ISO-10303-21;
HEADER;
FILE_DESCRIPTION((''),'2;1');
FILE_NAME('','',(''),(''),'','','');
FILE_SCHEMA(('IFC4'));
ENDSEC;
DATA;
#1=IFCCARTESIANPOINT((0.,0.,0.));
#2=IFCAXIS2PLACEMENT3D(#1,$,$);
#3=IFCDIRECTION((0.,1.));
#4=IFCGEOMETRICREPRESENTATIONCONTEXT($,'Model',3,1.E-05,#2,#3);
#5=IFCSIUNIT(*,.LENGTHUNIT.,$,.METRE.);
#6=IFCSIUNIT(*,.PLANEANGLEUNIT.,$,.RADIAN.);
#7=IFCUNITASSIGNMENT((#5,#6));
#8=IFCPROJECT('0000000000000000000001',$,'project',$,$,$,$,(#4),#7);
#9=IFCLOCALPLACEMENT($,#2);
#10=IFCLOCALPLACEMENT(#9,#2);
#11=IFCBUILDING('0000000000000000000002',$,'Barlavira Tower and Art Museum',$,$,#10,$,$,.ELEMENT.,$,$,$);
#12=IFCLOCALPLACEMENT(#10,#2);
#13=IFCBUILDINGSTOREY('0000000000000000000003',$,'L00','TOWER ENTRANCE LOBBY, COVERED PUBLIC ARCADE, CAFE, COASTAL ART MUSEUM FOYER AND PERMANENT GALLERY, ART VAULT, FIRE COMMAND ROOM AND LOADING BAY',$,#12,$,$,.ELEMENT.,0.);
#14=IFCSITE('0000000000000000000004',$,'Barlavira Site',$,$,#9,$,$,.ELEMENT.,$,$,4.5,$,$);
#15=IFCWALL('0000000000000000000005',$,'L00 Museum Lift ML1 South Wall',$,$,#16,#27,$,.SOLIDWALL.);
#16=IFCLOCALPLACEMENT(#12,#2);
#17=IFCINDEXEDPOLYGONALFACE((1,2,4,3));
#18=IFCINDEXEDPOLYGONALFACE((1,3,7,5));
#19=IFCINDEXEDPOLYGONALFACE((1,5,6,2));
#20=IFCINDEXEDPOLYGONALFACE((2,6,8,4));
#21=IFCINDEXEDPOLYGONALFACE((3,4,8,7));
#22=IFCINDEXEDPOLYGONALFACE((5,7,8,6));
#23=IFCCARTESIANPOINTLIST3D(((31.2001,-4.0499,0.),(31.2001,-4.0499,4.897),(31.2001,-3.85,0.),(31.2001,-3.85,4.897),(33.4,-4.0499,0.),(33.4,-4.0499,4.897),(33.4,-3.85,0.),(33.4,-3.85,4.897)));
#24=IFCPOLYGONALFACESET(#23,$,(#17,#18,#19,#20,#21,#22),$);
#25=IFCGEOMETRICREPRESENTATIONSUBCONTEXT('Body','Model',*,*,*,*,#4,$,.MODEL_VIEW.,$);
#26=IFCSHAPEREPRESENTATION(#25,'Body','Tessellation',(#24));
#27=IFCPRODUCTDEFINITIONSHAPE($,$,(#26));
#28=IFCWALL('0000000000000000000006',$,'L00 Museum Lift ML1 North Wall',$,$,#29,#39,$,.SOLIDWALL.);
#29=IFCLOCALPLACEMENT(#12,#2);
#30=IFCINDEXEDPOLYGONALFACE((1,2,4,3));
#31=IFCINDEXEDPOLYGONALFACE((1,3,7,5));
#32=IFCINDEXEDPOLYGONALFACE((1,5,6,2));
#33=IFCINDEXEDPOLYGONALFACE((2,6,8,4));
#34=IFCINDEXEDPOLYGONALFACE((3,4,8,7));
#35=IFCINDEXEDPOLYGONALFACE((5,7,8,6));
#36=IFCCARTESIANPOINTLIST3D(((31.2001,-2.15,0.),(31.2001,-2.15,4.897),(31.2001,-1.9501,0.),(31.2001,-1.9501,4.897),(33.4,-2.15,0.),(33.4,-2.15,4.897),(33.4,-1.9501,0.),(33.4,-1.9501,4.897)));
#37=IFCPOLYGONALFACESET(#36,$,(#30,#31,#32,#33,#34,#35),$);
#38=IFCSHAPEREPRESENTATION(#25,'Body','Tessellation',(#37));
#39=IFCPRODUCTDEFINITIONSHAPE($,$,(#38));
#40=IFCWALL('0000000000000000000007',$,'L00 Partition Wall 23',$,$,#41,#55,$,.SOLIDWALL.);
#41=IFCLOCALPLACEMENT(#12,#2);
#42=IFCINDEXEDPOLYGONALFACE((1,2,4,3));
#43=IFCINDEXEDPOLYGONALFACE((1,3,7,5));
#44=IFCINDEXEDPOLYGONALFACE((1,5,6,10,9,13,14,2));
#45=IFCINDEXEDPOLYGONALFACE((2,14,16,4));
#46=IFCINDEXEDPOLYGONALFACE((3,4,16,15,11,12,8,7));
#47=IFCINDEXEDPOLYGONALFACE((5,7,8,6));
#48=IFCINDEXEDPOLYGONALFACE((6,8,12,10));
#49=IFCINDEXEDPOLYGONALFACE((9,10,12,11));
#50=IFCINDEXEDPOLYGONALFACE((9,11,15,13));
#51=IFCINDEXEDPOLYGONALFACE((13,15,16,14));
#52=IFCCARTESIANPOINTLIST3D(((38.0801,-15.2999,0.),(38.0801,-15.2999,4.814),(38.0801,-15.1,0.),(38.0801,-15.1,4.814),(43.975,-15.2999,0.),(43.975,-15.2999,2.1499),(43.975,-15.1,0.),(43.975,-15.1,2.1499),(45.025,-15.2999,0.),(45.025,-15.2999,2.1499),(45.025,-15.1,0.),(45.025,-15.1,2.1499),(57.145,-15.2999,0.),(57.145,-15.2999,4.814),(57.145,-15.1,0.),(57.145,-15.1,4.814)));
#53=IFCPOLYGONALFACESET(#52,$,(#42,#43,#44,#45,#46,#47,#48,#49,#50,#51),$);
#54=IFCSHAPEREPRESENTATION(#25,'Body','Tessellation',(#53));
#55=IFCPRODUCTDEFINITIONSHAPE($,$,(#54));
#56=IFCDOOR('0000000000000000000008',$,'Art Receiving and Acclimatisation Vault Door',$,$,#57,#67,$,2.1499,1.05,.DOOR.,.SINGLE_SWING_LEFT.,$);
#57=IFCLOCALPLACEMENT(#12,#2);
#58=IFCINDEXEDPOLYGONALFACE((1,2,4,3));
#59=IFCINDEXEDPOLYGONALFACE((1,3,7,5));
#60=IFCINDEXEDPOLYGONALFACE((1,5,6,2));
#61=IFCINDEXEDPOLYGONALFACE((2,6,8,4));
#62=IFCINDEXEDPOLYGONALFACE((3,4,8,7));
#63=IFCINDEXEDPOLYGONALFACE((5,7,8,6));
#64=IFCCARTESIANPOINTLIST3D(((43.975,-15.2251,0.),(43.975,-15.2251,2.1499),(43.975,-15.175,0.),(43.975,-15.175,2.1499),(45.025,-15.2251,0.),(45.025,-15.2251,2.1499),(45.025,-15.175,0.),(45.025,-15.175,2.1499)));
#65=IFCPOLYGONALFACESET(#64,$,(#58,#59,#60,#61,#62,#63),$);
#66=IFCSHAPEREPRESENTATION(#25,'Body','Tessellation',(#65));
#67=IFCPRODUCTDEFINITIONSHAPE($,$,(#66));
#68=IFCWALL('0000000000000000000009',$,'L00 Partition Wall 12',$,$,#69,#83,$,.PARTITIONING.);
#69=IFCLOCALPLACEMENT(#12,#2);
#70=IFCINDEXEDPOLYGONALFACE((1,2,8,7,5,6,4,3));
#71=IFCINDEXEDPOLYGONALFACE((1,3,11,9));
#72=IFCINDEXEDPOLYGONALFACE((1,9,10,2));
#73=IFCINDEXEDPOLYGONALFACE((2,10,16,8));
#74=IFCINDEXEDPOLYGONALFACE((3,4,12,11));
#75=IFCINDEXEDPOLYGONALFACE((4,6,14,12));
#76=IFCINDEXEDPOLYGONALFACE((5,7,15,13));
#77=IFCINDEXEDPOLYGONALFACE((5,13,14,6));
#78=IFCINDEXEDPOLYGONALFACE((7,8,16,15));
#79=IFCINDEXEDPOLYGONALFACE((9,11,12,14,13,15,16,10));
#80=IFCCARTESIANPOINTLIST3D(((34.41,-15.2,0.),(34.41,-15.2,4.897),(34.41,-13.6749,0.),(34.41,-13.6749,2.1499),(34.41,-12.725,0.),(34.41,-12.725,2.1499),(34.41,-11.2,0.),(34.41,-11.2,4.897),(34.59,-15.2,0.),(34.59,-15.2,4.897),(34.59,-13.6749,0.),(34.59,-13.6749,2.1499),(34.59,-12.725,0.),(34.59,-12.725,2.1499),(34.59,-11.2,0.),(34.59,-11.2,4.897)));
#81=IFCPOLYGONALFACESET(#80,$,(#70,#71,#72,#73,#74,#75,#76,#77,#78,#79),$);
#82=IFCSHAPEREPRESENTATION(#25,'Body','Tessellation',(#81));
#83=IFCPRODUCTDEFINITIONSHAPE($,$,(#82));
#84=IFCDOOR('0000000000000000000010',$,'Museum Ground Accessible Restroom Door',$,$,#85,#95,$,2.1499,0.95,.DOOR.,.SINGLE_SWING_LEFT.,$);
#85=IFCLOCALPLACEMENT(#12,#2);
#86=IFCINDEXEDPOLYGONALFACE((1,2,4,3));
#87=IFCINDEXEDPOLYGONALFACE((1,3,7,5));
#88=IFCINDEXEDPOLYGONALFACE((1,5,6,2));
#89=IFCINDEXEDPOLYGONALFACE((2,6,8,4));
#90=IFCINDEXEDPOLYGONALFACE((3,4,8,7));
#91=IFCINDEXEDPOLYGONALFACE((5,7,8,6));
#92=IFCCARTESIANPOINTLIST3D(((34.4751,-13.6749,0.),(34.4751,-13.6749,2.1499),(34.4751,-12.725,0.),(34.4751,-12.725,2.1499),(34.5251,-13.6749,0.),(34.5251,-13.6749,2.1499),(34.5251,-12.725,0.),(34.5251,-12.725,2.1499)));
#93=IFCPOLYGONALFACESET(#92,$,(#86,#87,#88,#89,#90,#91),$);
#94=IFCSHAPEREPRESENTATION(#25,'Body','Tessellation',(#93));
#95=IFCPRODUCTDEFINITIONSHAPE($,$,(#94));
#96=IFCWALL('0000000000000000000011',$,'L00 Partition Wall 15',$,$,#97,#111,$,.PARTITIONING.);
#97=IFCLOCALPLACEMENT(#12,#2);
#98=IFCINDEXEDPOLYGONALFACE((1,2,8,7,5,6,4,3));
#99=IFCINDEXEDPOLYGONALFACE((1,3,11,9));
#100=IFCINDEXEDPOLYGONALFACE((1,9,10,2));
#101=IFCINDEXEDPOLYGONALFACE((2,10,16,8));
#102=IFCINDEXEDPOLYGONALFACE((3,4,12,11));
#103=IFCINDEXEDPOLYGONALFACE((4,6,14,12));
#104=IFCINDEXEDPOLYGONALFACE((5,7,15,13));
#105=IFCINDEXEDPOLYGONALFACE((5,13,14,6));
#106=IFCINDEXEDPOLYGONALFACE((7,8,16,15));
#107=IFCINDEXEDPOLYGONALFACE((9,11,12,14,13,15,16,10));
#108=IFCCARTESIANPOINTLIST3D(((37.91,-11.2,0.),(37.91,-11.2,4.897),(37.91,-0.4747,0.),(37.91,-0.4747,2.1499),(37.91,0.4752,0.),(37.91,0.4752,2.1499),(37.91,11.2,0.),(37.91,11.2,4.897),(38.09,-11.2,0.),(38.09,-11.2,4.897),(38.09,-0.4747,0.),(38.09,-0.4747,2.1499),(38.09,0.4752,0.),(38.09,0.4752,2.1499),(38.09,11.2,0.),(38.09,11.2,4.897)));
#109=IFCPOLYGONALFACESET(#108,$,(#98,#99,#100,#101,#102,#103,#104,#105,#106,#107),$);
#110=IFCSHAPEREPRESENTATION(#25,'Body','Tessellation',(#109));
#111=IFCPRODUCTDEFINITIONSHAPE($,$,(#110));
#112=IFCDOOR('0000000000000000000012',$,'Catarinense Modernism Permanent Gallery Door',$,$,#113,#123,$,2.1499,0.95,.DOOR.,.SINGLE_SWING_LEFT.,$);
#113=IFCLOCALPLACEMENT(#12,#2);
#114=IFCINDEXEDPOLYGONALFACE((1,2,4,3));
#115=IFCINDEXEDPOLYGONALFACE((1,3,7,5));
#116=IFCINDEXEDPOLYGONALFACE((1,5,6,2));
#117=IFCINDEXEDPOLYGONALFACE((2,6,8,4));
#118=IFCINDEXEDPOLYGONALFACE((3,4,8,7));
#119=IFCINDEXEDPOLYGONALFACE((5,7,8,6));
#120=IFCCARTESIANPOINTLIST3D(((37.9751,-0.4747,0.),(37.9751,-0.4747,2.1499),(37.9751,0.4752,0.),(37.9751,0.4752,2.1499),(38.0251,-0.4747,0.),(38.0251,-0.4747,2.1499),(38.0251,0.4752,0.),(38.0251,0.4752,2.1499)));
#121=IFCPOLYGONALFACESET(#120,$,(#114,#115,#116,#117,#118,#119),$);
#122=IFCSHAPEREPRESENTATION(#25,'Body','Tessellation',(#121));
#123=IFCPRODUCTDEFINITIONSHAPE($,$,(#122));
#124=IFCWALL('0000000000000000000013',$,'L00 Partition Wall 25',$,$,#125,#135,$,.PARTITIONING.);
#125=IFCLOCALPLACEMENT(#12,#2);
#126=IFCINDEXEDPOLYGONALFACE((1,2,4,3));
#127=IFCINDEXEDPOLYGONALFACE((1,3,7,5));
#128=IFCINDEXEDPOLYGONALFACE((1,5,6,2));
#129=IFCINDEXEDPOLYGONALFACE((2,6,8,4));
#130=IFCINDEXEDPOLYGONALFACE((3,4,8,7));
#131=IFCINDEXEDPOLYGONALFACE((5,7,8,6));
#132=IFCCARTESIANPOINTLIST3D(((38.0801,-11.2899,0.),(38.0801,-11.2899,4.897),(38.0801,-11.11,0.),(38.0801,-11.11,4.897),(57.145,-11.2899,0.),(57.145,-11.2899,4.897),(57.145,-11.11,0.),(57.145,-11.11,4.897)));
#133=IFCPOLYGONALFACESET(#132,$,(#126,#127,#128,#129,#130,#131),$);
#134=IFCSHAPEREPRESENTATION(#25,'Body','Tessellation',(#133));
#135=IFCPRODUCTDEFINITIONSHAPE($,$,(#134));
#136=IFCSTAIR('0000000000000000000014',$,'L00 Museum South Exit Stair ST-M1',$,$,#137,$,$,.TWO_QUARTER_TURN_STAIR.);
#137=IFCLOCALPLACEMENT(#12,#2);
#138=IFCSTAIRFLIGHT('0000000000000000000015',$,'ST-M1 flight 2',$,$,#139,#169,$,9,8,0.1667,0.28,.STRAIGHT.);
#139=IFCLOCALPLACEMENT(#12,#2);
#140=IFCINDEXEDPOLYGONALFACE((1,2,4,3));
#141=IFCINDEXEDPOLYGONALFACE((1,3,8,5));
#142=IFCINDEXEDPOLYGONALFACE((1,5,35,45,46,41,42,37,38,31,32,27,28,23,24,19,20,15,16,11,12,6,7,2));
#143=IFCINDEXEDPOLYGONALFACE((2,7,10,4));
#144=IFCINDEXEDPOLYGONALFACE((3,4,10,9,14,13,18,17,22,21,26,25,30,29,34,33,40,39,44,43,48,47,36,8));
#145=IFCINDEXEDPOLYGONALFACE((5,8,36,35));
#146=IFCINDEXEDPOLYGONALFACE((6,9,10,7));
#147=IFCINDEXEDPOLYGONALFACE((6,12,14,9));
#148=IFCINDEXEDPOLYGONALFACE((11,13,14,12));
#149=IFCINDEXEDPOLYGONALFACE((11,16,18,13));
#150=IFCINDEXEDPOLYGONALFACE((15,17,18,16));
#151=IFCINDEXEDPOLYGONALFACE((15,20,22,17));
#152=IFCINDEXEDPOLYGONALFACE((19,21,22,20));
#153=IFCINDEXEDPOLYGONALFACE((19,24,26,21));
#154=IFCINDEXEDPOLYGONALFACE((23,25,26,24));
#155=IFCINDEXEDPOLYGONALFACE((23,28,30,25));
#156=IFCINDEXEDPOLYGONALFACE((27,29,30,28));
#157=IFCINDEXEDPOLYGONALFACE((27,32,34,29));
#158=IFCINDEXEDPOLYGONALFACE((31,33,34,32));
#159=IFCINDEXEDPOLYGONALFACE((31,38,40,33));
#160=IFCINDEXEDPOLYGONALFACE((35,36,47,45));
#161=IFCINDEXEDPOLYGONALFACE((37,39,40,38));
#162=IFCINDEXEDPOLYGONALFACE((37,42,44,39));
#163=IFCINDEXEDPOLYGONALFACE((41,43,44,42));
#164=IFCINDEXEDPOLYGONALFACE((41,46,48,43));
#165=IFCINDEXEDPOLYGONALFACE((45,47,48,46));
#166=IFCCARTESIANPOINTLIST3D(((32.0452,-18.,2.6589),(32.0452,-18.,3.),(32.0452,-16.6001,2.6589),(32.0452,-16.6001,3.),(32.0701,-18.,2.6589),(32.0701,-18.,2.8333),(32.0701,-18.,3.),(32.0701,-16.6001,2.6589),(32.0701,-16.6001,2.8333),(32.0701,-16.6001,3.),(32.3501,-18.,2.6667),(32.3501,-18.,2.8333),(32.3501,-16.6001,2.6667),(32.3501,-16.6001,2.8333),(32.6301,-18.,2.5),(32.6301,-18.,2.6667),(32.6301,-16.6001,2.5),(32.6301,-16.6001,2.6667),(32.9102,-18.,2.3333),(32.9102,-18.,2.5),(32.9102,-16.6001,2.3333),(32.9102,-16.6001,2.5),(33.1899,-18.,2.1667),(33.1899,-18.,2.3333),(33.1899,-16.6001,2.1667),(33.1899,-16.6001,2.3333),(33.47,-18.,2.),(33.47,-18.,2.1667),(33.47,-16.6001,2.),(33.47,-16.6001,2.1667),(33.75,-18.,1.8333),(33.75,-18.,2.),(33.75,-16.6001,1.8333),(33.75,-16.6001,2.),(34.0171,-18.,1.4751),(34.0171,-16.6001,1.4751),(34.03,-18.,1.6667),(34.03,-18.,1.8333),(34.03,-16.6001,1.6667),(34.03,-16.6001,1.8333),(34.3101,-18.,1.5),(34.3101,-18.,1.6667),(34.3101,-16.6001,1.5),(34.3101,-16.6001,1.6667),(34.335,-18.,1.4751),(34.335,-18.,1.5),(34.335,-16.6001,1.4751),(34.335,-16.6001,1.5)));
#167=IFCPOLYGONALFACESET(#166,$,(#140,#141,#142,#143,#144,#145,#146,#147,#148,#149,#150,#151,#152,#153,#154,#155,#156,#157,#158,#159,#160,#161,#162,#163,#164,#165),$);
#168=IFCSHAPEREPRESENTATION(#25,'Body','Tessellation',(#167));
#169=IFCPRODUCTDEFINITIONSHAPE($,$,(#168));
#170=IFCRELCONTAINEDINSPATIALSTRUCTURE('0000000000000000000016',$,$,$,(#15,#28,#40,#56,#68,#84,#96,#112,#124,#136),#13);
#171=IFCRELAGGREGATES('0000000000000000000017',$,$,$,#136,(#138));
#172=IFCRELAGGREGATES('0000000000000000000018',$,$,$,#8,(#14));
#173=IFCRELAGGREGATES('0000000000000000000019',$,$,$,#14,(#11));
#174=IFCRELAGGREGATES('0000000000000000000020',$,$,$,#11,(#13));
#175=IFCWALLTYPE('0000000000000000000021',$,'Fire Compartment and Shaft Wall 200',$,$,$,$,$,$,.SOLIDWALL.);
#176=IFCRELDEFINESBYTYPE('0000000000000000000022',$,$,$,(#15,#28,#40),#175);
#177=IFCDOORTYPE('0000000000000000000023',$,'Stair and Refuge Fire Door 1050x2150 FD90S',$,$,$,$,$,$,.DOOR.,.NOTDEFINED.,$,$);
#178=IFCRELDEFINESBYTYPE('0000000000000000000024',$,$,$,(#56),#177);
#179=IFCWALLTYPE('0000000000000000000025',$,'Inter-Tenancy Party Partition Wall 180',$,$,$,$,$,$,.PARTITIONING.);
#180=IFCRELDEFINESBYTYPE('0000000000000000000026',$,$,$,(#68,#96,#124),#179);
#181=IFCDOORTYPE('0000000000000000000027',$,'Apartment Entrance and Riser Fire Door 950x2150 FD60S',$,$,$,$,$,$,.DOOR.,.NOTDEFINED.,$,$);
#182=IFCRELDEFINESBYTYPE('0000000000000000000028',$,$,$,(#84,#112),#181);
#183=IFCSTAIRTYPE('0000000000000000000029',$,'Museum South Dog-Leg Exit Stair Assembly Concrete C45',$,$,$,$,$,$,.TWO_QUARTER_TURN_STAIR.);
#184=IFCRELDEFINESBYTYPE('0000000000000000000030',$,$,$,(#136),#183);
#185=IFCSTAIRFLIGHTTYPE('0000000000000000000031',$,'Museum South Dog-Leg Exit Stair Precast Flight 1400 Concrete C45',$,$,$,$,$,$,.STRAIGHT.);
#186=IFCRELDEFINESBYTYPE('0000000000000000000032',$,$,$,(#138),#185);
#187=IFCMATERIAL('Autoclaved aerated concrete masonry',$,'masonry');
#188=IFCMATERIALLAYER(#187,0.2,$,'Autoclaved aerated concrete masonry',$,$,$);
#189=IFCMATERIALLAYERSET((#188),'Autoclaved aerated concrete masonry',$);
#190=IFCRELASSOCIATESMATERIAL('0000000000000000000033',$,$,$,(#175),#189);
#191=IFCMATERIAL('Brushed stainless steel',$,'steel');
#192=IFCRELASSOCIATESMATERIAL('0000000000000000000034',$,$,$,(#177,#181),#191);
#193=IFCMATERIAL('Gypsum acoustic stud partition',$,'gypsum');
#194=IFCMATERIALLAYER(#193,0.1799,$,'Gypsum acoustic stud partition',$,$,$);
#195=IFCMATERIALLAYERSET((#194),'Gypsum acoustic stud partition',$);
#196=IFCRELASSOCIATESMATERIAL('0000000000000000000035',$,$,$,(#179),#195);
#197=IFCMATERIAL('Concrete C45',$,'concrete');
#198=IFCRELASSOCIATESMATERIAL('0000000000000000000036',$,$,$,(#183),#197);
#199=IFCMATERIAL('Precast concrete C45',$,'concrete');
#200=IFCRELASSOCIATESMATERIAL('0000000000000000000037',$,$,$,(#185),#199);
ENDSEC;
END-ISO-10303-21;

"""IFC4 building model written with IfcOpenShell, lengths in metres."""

from ifc_helpers import new_model, si_unit, direction, frame, frame_2d, origin, place, context, subcontext, project, spatial, polyline, rectangle, outline, extrude, material, layer, layer_set, type_object, element, fill, aggregate, save


model = new_model("IFC4")

# Units and contexts
model_context = context("Model", 3, precision=1e-05, world=origin(), true_north=direction((0.0, 1.0)))
body_context = subcontext(model_context, "Body", "Model", "MODEL_VIEW")
ifc_project = project(units=[si_unit("LENGTHUNIT", "METRE"), si_unit("PLANEANGLEUNIT", "RADIAN")], contexts=[model_context])

# Site, building, storey
site_placement = place(None, origin())
site = spatial("IfcSite", under=ifc_project, at=site_placement, Name="Barlavira Site", CompositionType="ELEMENT", RefElevation=4.5)
building_placement = place(site_placement, origin())
building = spatial("IfcBuilding", under=site, at=building_placement, Name="Barlavira Tower and Art Museum", CompositionType="ELEMENT")
storey_placement = place(building_placement, origin())
storey = spatial("IfcBuildingStorey", under=building, at=storey_placement, Name="L00", Description="TOWER ENTRANCE LOBBY, COVERED PUBLIC ARCADE, CAFE, COASTAL ART MUSEUM FOYER AND PERMANENT GALLERY, ART VAULT, FIRE COMMAND ROOM AND LOADING BAY", CompositionType="ELEMENT", Elevation=0.0)

# Shared definitions
ifc_material_1 = material(Name="Autoclaved aerated concrete masonry", Category="masonry")
ifc_layer_1 = layer(ifc_material_1, 0.2, Name="Autoclaved aerated concrete masonry")
ifc_layer_set_1 = layer_set([ifc_layer_1], Name="Autoclaved aerated concrete masonry")
wall_type_1 = type_object("IfcWallType", Name="Fire Compartment and Shaft Wall 200", PredefinedType="SOLIDWALL", material=ifc_layer_set_1)
ifc_material_2 = material(Name="Brushed stainless steel", Category="steel")

# Walls
for number, where, z_axis, x_axis, name in (
    (1, (31.2, -3.95, 0.0), (0.0, 0.0, 1.0), (1.0, 0.0, 0.0), "L00 Museum Lift ML1 South Wall"),
    (2, (31.2, -2.05, 0.0), (0.0, 0.0, 1.0), (1.0, 0.0, 0.0), "L00 Museum Lift ML1 North Wall"),
):
    element("IfcWall", number, at=place(storey_placement, frame(where, z_axis=z_axis, x_axis=x_axis)), inside=storey, type_object=wall_type_1, Name=name, PredefinedType="SOLIDWALL", context=body_context, shape_type="SweptSolid", body=[
        extrude(rectangle(XDim=2.2, YDim=0.2, at=frame_2d((1.1001, 0.0))), origin(), (0.0, 0.0, 1.0), 4.897),
    ])

# Walls, openings, doors
wall_1_placement = place(storey_placement, frame((38.0801, -15.2, 0.0), z_axis=(0.0, 0.0, 1.0), x_axis=(1.0, 0.0, 0.0)))
wall_1 = element("IfcWall", 3, at=wall_1_placement, inside=storey, type_object=wall_type_1, Name="L00 Partition Wall 23", PredefinedType="SOLIDWALL", context=body_context, shape_type="SweptSolid", body=[
    extrude(rectangle(XDim=19.0649, YDim=0.2, at=frame_2d((9.5325, 0.0))), origin(), (0.0, 0.0, 1.0), 4.814),
])
opening_1_placement = place(wall_1_placement, frame((5.895, 0.0, 0.0)))
opening_1 = element("IfcOpeningElement", 4, at=opening_1_placement, cuts=wall_1, PredefinedType="OPENING", context=body_context, shape_type="SweptSolid", body=[
    extrude(rectangle(XDim=1.05, YDim=2.1499, at=frame_2d((0.5249, 1.075))), frame((0.0, 0.1099, 0.0), z_axis=(0.0, -1.0, 0.0), x_axis=(1.0, 0.0, 0.0)), (0.0, 0.0, 1.0), 0.22),
])
door_type_1 = type_object("IfcDoorType", Name="Stair and Refuge Fire Door 1050x2150 FD90S", OperationType="NOTDEFINED", PredefinedType="DOOR", material=ifc_material_2)
door_1_placement = place(opening_1_placement, origin())
door_1 = element("IfcDoor", 5, at=door_1_placement, inside=storey, type_object=door_type_1, Name="Art Receiving and Acclimatisation Vault Door", OperationType="SINGLE_SWING_LEFT", OverallHeight=2.1499, OverallWidth=1.05, PredefinedType="DOOR", context=body_context, shape_type="SweptSolid", body=[
    extrude(rectangle(XDim=1.05, YDim=2.1499, at=frame_2d((0.5249, 1.075))), frame((0.0, 0.0249, 0.0), z_axis=(0.0, -1.0, 0.0), x_axis=(1.0, 0.0, 0.0)), (0.0, 0.0, 1.0), 0.05),
])
fill(opening_1, door_1)
ifc_material_3 = material(Name="Gypsum acoustic stud partition", Category="gypsum")
ifc_layer_2 = layer(ifc_material_3, 0.1799, Name="Gypsum acoustic stud partition")
ifc_layer_set_2 = layer_set([ifc_layer_2], Name="Gypsum acoustic stud partition")
wall_type_2 = type_object("IfcWallType", Name="Inter-Tenancy Party Partition Wall 180", PredefinedType="PARTITIONING", material=ifc_layer_set_2)
wall_2_placement = place(storey_placement, frame((34.5, -15.2, 0.0), z_axis=(0.0, 0.0, 1.0), x_axis=(0.0, 1.0, 0.0)))
wall_2 = element("IfcWall", 6, at=wall_2_placement, inside=storey, type_object=wall_type_2, Name="L00 Partition Wall 12", PredefinedType="PARTITIONING", context=body_context, shape_type="SweptSolid", body=[
    extrude(rectangle(XDim=4.0, YDim=0.1799, at=frame_2d((2.0, 0.0))), origin(), (0.0, 0.0, 1.0), 4.897),
])
opening_2_placement = place(wall_2_placement, frame((1.5249, 0.0, 0.0)))
opening_2 = element("IfcOpeningElement", 7, at=opening_2_placement, cuts=wall_2, PredefinedType="OPENING", context=body_context, shape_type="SweptSolid", body=[
    extrude(rectangle(XDim=0.95, YDim=2.1499, at=frame_2d((0.4751, 1.075))), frame((0.0, 0.1001, 0.0), z_axis=(0.0, -1.0, 0.0), x_axis=(1.0, 0.0, 0.0)), (0.0, 0.0, 1.0), 0.2),
])
door_type_2 = type_object("IfcDoorType", Name="Apartment Entrance and Riser Fire Door 950x2150 FD60S", OperationType="NOTDEFINED", PredefinedType="DOOR", material=ifc_material_2)
door_2_placement = place(opening_2_placement, origin())
door_2 = element("IfcDoor", 8, at=door_2_placement, inside=storey, type_object=door_type_2, Name="Museum Ground Accessible Restroom Door", OperationType="SINGLE_SWING_LEFT", OverallHeight=2.1499, OverallWidth=0.95, PredefinedType="DOOR", context=body_context, shape_type="SweptSolid", body=[
    extrude(rectangle(XDim=0.95, YDim=2.1499, at=frame_2d((0.4751, 1.075))), frame((0.0, 0.0249, 0.0), z_axis=(0.0, -1.0, 0.0), x_axis=(1.0, 0.0, 0.0)), (0.0, 0.0, 1.0), 0.05),
])
fill(opening_2, door_2)
wall_3_placement = place(storey_placement, frame((38.0, -11.2, 0.0), z_axis=(0.0, 0.0, 1.0), x_axis=(0.0, 1.0, 0.0)))
wall_3 = element("IfcWall", 9, at=wall_3_placement, inside=storey, type_object=wall_type_2, Name="L00 Partition Wall 15", PredefinedType="PARTITIONING", context=body_context, shape_type="SweptSolid", body=[
    extrude(rectangle(XDim=22.3999, YDim=0.1799, at=frame_2d((11.2, 0.0))), origin(), (0.0, 0.0, 1.0), 4.897),
])
opening_3_placement = place(wall_3_placement, frame((10.7251, 0.0, 0.0)))
opening_3 = element("IfcOpeningElement", 10, at=opening_3_placement, cuts=wall_3, PredefinedType="OPENING", context=body_context, shape_type="SweptSolid", body=[
    extrude(rectangle(XDim=0.95, YDim=2.1499, at=frame_2d((0.4751, 1.075))), frame((0.0, 0.1001, 0.0), z_axis=(0.0, -1.0, 0.0), x_axis=(1.0, 0.0, 0.0)), (0.0, 0.0, 1.0), 0.2),
])
door_3_placement = place(opening_3_placement, origin())
door_3 = element("IfcDoor", 11, at=door_3_placement, inside=storey, type_object=door_type_2, Name="Catarinense Modernism Permanent Gallery Door", OperationType="SINGLE_SWING_LEFT", OverallHeight=2.1499, OverallWidth=0.95, PredefinedType="DOOR", context=body_context, shape_type="SweptSolid", body=[
    extrude(rectangle(XDim=0.95, YDim=2.1499, at=frame_2d((0.4751, 1.075))), frame((0.0, 0.0249, 0.0), z_axis=(0.0, -1.0, 0.0), x_axis=(1.0, 0.0, 0.0)), (0.0, 0.0, 1.0), 0.05),
])
fill(opening_3, door_3)

# Wall
wall_4_placement = place(storey_placement, frame((38.0801, -11.2, 0.0), z_axis=(0.0, 0.0, 1.0), x_axis=(1.0, 0.0, 0.0)))
element("IfcWall", 12, at=wall_4_placement, inside=storey, type_object=wall_type_2, Name="L00 Partition Wall 25", PredefinedType="PARTITIONING", context=body_context, shape_type="SweptSolid", body=[
    extrude(rectangle(XDim=19.0649, YDim=0.1799, at=frame_2d((9.5325, 0.0))), origin(), (0.0, 0.0, 1.0), 4.897),
])

# Stair, stair flight
ifc_material_4 = material(Name="Concrete C45", Category="concrete")
stair_type = type_object("IfcStairType", Name="Museum South Dog-Leg Exit Stair Assembly Concrete C45", PredefinedType="TWO_QUARTER_TURN_STAIR", material=ifc_material_4)
stair_placement = place(storey_placement, origin())
stair = element("IfcStair", 13, at=stair_placement, inside=storey, type_object=stair_type, Name="L00 Museum South Exit Stair ST-M1", PredefinedType="TWO_QUARTER_TURN_STAIR")
ifc_material_5 = material(Name="Precast concrete C45", Category="concrete")
stair_flight_type = type_object("IfcStairFlightType", Name="Museum South Dog-Leg Exit Stair Precast Flight 1400 Concrete C45", PredefinedType="STRAIGHT", material=ifc_material_5)
stair_flight_1_placement = place(storey_placement, frame((34.3101, -17.3, 1.5), z_axis=(0.0, 0.0, 1.0), x_axis=(-1.0, 0.0, 0.0)))
stair_flight_1 = element("IfcStairFlight", 14, at=stair_flight_1_placement, type_object=stair_flight_type, Name="ST-M1 flight 2", NumberOfRisers=9, NumberOfTreads=8, PredefinedType="STRAIGHT", RiserHeight=0.1667, TreadLength=0.28, context=body_context, shape_type="SweptSolid", body=[
    extrude(outline(polyline([(-0.0249, 0.0), (0.0, 0.0), (0.0, 0.1667), (0.28, 0.1667), (0.28, 0.3333), (0.5601, 0.3333), (0.5601, 0.5), (0.8401, 0.5), (0.8401, 0.6667), (1.1201, 0.6667), (1.1201, 0.8333), (1.3999, 0.8333), (1.3999, 1.0), (1.6799, 1.0), (1.6799, 1.1667), (1.96, 1.1667), (1.96, 1.3333), (2.24, 1.3333), (2.24, 1.5), (2.2649, 1.5), (2.2649, 1.1589), (2.24, 1.1589), (0.293, -0.0249), (-0.0249, -0.0249), (-0.0249, 0.0)])), frame((0.0, 0.7, 0.0), z_axis=(0.0, -1.0, 0.0), x_axis=(1.0, 0.0, 0.0)), (0.0, 0.0, 1.0), 1.3999),
])
aggregate(stair, [stair_flight_1])

save(model, "model.ifc")
